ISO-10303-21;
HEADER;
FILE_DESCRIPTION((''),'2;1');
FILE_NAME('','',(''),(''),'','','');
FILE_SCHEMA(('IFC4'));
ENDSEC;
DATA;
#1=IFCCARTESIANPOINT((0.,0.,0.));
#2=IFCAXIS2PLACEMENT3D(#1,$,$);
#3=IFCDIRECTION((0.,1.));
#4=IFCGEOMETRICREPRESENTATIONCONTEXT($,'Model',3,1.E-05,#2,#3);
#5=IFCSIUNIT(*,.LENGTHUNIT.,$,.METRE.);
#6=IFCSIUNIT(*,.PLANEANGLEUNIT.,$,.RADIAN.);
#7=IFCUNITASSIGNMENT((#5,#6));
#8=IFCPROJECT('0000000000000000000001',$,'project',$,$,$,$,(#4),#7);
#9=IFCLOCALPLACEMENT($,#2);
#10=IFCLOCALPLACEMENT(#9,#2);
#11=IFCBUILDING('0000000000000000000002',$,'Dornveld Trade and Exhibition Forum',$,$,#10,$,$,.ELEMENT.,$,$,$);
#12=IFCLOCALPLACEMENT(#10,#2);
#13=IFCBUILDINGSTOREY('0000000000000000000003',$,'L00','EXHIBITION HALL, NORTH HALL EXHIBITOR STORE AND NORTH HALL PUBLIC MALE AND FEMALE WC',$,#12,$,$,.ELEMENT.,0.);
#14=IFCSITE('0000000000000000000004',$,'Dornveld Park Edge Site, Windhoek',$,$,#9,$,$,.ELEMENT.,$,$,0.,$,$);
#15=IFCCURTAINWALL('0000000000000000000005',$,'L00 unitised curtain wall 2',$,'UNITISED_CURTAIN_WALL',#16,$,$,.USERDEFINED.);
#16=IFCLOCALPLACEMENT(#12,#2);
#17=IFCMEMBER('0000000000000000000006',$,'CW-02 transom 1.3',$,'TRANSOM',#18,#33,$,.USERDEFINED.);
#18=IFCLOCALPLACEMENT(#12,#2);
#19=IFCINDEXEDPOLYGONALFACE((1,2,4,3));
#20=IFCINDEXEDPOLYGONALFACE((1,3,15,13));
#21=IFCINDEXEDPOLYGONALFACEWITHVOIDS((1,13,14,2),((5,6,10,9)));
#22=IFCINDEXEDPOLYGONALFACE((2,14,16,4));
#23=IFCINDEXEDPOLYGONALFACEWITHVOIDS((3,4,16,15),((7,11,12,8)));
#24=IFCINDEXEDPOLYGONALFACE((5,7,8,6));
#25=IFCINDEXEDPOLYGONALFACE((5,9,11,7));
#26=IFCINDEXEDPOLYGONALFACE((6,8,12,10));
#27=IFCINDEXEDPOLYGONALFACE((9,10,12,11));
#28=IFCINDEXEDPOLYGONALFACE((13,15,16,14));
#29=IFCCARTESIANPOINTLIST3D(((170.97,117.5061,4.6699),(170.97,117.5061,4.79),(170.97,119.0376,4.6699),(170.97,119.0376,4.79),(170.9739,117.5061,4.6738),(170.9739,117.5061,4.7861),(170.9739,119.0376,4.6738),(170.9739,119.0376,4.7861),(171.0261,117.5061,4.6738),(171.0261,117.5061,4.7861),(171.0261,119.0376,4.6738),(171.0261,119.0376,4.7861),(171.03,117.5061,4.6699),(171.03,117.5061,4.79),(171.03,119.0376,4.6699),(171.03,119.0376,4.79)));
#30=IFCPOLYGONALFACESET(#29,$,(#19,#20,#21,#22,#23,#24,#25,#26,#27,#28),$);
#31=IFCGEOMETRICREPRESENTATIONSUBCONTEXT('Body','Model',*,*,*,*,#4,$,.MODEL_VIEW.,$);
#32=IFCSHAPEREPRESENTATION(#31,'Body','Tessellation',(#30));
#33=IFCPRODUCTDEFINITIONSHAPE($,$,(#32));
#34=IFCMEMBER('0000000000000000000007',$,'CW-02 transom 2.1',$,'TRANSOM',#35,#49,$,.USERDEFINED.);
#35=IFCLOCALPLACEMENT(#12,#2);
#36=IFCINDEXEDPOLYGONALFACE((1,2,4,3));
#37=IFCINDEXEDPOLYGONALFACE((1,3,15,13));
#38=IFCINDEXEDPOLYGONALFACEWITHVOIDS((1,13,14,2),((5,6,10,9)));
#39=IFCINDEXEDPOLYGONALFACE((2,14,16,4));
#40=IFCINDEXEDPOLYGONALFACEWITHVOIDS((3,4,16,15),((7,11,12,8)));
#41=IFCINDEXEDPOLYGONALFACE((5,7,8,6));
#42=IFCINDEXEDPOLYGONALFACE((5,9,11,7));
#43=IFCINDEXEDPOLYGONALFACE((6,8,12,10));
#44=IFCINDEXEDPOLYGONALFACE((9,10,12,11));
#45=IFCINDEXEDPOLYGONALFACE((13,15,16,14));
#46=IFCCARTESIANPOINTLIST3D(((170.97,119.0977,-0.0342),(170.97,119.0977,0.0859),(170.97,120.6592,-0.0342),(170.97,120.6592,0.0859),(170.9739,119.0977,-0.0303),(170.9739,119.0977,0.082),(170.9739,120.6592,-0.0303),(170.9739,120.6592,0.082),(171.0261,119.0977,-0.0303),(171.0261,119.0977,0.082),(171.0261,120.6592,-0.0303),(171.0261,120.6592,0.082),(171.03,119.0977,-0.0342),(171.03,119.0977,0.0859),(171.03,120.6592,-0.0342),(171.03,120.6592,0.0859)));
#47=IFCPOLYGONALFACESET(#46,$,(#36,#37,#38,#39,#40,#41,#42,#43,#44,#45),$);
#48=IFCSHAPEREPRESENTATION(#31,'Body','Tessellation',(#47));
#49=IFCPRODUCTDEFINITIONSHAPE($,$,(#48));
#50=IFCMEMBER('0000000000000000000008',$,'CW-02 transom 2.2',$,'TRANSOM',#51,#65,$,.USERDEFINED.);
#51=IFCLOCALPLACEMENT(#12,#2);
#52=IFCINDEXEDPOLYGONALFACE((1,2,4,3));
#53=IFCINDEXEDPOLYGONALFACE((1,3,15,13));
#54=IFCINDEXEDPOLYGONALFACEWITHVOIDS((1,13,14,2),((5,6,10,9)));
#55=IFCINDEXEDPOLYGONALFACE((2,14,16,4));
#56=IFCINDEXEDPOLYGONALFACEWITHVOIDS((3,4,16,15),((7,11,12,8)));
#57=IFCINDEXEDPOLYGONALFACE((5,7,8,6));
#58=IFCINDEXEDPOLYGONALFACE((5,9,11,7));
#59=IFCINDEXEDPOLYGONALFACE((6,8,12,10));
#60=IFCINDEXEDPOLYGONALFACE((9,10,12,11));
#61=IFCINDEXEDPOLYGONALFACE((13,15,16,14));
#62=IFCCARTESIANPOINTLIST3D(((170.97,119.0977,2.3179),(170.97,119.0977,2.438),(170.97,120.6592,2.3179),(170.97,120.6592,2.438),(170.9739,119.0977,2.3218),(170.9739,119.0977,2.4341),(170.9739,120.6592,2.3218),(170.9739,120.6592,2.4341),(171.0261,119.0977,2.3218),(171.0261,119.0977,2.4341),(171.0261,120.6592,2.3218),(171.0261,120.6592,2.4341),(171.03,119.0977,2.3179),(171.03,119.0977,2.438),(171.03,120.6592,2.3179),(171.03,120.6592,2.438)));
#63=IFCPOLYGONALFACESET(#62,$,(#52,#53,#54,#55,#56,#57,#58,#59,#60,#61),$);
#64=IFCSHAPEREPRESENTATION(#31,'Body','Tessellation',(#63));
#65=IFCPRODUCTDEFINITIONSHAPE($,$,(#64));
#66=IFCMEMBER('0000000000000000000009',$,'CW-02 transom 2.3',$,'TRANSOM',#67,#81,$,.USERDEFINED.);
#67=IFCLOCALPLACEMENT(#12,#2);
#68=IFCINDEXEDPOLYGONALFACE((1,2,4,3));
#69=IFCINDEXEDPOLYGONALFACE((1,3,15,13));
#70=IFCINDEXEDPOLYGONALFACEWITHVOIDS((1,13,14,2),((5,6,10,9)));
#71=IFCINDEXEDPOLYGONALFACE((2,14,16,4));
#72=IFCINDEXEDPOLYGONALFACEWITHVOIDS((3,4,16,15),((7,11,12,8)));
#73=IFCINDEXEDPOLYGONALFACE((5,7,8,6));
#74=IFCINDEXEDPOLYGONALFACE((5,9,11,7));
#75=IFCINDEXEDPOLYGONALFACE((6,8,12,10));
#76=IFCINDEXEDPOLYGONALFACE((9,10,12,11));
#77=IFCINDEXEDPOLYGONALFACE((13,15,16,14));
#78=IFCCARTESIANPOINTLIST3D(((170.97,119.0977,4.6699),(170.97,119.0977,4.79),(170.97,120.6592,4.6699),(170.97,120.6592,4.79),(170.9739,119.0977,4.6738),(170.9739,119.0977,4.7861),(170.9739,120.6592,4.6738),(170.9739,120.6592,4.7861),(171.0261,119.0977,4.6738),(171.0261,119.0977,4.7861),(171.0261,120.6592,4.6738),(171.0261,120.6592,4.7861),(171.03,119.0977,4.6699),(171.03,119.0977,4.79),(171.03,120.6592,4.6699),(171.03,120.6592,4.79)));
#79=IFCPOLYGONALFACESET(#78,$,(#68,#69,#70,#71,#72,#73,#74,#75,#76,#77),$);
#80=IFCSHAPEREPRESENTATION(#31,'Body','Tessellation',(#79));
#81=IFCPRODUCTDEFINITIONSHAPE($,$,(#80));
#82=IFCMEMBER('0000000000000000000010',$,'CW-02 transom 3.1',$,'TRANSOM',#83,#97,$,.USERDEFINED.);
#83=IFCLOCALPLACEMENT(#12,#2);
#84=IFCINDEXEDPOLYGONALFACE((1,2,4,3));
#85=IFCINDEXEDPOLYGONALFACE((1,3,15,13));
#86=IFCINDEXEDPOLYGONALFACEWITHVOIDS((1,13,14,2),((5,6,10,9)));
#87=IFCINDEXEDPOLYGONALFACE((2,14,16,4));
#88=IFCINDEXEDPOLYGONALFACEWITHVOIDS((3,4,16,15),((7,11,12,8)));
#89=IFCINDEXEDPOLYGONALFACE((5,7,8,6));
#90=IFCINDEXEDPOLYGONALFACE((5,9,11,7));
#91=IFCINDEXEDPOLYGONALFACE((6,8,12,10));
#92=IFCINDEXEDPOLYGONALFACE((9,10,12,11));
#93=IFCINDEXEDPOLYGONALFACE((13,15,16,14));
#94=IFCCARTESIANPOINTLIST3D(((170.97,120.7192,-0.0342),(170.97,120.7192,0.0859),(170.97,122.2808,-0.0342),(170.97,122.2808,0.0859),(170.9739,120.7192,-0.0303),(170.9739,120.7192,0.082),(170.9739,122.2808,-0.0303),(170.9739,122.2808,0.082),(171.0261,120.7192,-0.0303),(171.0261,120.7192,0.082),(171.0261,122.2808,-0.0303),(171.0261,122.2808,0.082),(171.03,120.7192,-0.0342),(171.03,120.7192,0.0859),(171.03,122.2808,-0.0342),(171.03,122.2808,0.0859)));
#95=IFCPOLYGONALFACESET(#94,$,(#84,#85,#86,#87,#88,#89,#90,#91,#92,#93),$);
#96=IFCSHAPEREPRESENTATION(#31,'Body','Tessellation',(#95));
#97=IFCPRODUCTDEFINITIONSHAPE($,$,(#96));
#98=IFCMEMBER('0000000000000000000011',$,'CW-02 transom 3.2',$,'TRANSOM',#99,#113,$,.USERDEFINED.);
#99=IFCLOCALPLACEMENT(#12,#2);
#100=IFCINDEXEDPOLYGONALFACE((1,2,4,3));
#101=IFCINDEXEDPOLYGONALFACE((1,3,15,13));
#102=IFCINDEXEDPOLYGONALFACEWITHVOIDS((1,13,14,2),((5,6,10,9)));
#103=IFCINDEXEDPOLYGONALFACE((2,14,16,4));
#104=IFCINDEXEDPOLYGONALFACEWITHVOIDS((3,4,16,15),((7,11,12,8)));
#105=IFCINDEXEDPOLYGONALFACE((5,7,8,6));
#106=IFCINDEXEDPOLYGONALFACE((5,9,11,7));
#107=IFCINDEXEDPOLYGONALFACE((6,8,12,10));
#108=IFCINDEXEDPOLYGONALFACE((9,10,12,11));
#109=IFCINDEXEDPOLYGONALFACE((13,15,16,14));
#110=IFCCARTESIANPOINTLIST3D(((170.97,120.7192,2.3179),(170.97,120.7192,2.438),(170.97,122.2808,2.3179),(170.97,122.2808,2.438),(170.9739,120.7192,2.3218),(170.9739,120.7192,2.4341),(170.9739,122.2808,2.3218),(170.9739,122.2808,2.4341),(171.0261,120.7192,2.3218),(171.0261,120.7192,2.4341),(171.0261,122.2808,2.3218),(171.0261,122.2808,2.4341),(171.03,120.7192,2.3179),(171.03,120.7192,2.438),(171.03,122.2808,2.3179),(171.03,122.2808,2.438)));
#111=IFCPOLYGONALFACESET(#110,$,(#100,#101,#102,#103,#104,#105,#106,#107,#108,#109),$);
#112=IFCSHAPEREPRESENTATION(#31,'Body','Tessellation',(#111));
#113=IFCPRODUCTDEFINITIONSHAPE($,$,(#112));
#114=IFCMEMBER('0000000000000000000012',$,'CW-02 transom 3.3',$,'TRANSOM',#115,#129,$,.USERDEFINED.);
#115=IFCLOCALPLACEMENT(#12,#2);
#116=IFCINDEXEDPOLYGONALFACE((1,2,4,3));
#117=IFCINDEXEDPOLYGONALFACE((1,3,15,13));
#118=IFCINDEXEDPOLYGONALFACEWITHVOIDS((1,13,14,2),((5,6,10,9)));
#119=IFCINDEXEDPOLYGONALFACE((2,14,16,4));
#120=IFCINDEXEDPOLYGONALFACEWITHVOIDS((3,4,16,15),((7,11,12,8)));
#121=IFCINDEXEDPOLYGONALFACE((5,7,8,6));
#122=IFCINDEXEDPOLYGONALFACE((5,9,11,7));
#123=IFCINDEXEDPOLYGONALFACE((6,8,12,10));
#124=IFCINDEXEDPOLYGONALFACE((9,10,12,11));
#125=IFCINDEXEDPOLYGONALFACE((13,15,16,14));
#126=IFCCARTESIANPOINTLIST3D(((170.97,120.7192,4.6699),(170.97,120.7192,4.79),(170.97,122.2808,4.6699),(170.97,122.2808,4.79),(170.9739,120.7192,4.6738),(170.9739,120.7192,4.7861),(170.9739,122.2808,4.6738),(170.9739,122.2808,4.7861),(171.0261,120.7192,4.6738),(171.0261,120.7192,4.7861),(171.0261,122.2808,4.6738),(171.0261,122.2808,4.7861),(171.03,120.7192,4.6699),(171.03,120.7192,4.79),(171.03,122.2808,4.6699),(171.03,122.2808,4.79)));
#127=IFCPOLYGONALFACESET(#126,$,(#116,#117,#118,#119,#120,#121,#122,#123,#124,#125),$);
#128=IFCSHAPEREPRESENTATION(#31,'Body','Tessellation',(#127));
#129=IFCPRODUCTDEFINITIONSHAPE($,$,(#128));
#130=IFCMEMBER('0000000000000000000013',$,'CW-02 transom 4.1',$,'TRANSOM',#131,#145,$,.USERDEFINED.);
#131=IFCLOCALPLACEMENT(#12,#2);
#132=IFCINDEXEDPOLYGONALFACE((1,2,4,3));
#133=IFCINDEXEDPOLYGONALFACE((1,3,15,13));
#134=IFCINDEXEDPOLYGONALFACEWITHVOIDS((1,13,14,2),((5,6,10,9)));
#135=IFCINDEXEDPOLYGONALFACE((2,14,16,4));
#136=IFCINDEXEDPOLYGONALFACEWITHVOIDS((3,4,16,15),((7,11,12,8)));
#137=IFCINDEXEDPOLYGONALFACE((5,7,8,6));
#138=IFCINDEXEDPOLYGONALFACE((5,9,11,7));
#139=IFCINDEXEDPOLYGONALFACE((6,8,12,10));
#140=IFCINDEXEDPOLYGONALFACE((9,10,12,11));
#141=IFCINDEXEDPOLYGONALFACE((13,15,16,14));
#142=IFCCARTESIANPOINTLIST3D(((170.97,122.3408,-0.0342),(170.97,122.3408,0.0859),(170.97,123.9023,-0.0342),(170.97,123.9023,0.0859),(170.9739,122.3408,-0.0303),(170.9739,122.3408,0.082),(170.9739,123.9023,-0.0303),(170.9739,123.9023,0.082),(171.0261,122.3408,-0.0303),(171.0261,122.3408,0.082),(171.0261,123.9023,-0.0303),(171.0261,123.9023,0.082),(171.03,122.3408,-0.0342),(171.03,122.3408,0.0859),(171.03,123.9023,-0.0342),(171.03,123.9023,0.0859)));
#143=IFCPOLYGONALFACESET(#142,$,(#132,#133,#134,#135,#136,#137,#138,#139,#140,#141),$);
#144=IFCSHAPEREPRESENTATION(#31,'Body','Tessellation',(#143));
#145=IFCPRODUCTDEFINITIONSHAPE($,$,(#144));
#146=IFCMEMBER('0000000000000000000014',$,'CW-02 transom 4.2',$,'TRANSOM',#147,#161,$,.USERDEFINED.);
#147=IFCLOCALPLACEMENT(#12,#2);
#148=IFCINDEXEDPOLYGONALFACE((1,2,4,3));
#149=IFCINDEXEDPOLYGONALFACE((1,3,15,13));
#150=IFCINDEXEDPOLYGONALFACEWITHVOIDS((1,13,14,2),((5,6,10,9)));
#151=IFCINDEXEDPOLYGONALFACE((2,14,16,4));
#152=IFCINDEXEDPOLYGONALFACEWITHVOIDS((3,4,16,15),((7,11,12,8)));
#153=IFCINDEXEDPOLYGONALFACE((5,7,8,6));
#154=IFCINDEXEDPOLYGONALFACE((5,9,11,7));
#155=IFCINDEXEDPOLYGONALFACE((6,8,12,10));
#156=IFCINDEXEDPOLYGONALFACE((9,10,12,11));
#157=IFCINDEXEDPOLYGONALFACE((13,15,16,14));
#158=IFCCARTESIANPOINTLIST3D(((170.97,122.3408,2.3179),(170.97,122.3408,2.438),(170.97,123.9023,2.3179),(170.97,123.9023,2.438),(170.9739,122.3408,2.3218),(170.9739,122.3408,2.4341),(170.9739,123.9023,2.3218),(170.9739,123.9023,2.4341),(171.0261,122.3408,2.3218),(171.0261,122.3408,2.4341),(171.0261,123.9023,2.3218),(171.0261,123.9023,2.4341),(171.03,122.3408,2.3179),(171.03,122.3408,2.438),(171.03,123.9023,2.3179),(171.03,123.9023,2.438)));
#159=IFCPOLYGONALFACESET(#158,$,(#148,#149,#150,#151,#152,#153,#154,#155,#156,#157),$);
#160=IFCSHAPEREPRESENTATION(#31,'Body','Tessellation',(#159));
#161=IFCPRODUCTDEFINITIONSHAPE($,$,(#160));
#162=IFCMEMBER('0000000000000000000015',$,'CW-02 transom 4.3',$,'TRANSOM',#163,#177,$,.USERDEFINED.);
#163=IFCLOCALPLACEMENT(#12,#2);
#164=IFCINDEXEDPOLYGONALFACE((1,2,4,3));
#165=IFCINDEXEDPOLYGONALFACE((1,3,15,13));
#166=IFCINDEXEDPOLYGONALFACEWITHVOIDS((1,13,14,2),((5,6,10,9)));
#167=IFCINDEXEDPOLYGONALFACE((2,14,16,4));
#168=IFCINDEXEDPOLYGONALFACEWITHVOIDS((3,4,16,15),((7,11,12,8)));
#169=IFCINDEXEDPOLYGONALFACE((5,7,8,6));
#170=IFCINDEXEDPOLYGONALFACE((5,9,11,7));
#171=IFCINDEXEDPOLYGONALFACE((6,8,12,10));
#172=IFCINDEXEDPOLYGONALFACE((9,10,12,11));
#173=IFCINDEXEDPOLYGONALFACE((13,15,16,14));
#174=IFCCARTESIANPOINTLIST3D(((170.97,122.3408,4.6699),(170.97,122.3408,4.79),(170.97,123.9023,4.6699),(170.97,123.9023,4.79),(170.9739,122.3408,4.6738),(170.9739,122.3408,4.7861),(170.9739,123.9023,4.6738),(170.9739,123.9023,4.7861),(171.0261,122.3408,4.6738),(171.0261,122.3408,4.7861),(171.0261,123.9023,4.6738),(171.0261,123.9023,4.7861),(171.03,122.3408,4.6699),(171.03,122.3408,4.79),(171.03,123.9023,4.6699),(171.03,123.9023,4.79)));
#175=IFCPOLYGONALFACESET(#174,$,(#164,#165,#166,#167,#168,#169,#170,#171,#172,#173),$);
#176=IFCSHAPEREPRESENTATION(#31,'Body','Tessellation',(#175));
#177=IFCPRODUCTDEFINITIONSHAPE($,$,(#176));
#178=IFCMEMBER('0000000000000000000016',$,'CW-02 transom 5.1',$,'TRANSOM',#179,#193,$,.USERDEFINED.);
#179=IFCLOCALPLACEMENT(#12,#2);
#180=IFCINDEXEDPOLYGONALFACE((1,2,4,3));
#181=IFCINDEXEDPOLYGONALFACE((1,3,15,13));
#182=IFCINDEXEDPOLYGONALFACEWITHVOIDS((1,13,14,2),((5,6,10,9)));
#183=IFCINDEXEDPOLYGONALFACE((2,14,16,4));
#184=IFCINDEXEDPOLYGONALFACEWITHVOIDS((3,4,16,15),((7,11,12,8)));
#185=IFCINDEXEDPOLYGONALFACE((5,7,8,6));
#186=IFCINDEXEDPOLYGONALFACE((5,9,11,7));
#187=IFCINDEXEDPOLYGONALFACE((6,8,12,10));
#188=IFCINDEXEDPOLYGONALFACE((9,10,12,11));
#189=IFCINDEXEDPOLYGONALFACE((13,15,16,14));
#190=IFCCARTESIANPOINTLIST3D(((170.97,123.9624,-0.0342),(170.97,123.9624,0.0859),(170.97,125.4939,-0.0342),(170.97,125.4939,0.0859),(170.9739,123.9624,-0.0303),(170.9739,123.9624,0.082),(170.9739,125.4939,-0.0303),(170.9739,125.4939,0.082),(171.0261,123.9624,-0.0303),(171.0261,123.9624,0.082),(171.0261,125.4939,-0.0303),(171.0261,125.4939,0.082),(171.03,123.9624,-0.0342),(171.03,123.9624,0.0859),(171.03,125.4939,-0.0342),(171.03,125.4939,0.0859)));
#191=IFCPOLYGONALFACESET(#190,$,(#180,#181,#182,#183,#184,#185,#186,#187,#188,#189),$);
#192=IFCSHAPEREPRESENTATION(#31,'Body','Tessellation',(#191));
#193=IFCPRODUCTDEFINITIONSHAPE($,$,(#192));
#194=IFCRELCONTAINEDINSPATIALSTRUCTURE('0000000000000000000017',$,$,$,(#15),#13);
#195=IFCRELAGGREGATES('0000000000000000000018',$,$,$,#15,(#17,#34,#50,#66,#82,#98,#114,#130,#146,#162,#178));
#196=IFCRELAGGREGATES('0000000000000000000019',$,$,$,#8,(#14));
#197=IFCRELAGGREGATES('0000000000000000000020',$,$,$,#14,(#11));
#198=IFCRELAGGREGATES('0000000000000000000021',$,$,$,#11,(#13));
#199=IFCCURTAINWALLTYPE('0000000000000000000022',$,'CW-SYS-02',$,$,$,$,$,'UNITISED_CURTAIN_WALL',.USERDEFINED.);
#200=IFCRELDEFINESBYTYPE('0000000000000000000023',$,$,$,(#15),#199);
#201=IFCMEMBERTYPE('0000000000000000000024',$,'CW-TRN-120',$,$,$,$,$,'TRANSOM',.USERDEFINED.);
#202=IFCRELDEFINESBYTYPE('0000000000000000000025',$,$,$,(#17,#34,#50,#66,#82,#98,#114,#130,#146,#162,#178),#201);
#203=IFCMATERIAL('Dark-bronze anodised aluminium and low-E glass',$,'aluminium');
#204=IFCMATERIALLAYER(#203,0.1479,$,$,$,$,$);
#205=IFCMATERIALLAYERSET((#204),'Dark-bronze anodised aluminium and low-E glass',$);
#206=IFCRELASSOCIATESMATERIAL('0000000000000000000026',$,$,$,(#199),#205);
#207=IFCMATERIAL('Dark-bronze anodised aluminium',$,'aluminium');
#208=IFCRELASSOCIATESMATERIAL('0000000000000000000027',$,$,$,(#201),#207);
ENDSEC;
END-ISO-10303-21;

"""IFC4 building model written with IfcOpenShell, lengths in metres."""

from ifc_helpers import new_model, si_unit, direction, frame, origin, origin_2d, place, context, subcontext, project, spatial, hollow_rectangle, extrude, material, layer, layer_set, material_profile, profile_set, type_object, element, aggregate, save


model = new_model("IFC4")

# Units and contexts
model_context = context("Model", 3, precision=1e-05, world=origin(), true_north=direction((0.0, 1.0)))
body_context = subcontext(model_context, "Body", "Model", "MODEL_VIEW")
ifc_project = project(units=[si_unit("LENGTHUNIT", "METRE"), si_unit("PLANEANGLEUNIT", "RADIAN")], contexts=[model_context])

# Site, building, storey
site_placement = place(None, origin())
site = spatial("IfcSite", under=ifc_project, at=site_placement, Name="Dornveld Park Edge Site, Windhoek", CompositionType="ELEMENT", RefElevation=0.0)
building_placement = place(site_placement, origin())
building = spatial("IfcBuilding", under=site, at=building_placement, Name="Dornveld Trade and Exhibition Forum", CompositionType="ELEMENT")
storey_placement = place(building_placement, origin())
storey = spatial("IfcBuildingStorey", under=building, at=storey_placement, Name="L00", Description="EXHIBITION HALL, NORTH HALL EXHIBITOR STORE AND NORTH HALL PUBLIC MALE AND FEMALE WC", CompositionType="ELEMENT", Elevation=0.0)

# Curtain wall, members
ifc_material_1 = material(Name="Dark-bronze anodised aluminium and low-E glass", Category="aluminium")
ifc_layer_1 = layer(ifc_material_1, 0.1479)
ifc_layer_set_1 = layer_set([ifc_layer_1], Name="Dark-bronze anodised aluminium and low-E glass")
curtain_wall_type_1 = type_object("IfcCurtainWallType", Name="CW-SYS-02", ElementType="UNITISED_CURTAIN_WALL", PredefinedType="USERDEFINED", material=ifc_layer_set_1)
curtain_wall_1_placement = place(storey_placement, origin())
curtain_wall_1 = element("IfcCurtainWall", 1, at=curtain_wall_1_placement, inside=storey, type_object=curtain_wall_type_1, Name="L00 unitised curtain wall 2", ObjectType="UNITISED_CURTAIN_WALL", PredefinedType="USERDEFINED")
ifc_material_2 = material(Name="Dark-bronze anodised aluminium", Category="aluminium")
ifc_material_profile_1 = material_profile(ifc_material_2, hollow_rectangle(XDim=0.0601, YDim=0.1201, WallThickness=0.0039, at=origin_2d()), Name="RHS 120x60x4")
ifc_profile_set_1 = profile_set([ifc_material_profile_1], Name="Dark-bronze anodised aluminium")
member_type_1 = type_object("IfcMemberType", Name="CW-TRN-120", ElementType="TRANSOM", PredefinedType="USERDEFINED", material=ifc_profile_set_1)
member_1_placement = place(storey_placement, frame((171.0, 117.5061, 4.73), z_axis=(0.0, 1.0, 0.0), x_axis=(-1.0, 0.0, 0.0)))
member_1 = element("IfcMember", 2, at=member_1_placement, type_object=member_type_1, Name="CW-02 transom 1.3", ObjectType="TRANSOM", PredefinedType="USERDEFINED", context=body_context, shape_type="SweptSolid", body=[
    extrude(hollow_rectangle(XDim=0.0601, YDim=0.1201, WallThickness=0.0039, at=origin_2d()), origin(), (0.0, 0.0, 1.0), 1.5315),
])
member_2_placement = place(storey_placement, frame((171.0, 119.0977, 0.0259), z_axis=(0.0, 1.0, 0.0), x_axis=(-1.0, 0.0, 0.0)))
member_2 = element("IfcMember", 3, at=member_2_placement, type_object=member_type_1, Name="CW-02 transom 2.1", ObjectType="TRANSOM", PredefinedType="USERDEFINED", context=body_context, shape_type="SweptSolid", body=[
    extrude(hollow_rectangle(XDim=0.0601, YDim=0.1201, WallThickness=0.0039, at=origin_2d()), origin(), (0.0, 0.0, 1.0), 1.5615),
])
member_3_placement = place(storey_placement, frame((171.0, 119.0977, 2.3779), z_axis=(0.0, 1.0, 0.0), x_axis=(-1.0, 0.0, 0.0)))
member_3 = element("IfcMember", 4, at=member_3_placement, type_object=member_type_1, Name="CW-02 transom 2.2", ObjectType="TRANSOM", PredefinedType="USERDEFINED", context=body_context, shape_type="SweptSolid", body=[
    extrude(hollow_rectangle(XDim=0.0601, YDim=0.1201, WallThickness=0.0039, at=origin_2d()), origin(), (0.0, 0.0, 1.0), 1.5615),
])
member_4_placement = place(storey_placement, frame((171.0, 119.0977, 4.73), z_axis=(0.0, 1.0, 0.0), x_axis=(-1.0, 0.0, 0.0)))
member_4 = element("IfcMember", 5, at=member_4_placement, type_object=member_type_1, Name="CW-02 transom 2.3", ObjectType="TRANSOM", PredefinedType="USERDEFINED", context=body_context, shape_type="SweptSolid", body=[
    extrude(hollow_rectangle(XDim=0.0601, YDim=0.1201, WallThickness=0.0039, at=origin_2d()), origin(), (0.0, 0.0, 1.0), 1.5615),
])
member_5_placement = place(storey_placement, frame((171.0, 120.7192, 0.0259), z_axis=(0.0, 1.0, 0.0), x_axis=(-1.0, 0.0, 0.0)))
member_5 = element("IfcMember", 6, at=member_5_placement, type_object=member_type_1, Name="CW-02 transom 3.1", ObjectType="TRANSOM", PredefinedType="USERDEFINED", context=body_context, shape_type="SweptSolid", body=[
    extrude(hollow_rectangle(XDim=0.0601, YDim=0.1201, WallThickness=0.0039, at=origin_2d()), origin(), (0.0, 0.0, 1.0), 1.5615),
])
member_6_placement = place(storey_placement, frame((171.0, 120.7192, 2.3779), z_axis=(0.0, 1.0, 0.0), x_axis=(-1.0, 0.0, 0.0)))
member_6 = element("IfcMember", 7, at=member_6_placement, type_object=member_type_1, Name="CW-02 transom 3.2", ObjectType="TRANSOM", PredefinedType="USERDEFINED", context=body_context, shape_type="SweptSolid", body=[
    extrude(hollow_rectangle(XDim=0.0601, YDim=0.1201, WallThickness=0.0039, at=origin_2d()), origin(), (0.0, 0.0, 1.0), 1.5615),
])
member_7_placement = place(storey_placement, frame((171.0, 120.7192, 4.73), z_axis=(0.0, 1.0, 0.0), x_axis=(-1.0, 0.0, 0.0)))
member_7 = element("IfcMember", 8, at=member_7_placement, type_object=member_type_1, Name="CW-02 transom 3.3", ObjectType="TRANSOM", PredefinedType="USERDEFINED", context=body_context, shape_type="SweptSolid", body=[
    extrude(hollow_rectangle(XDim=0.0601, YDim=0.1201, WallThickness=0.0039, at=origin_2d()), origin(), (0.0, 0.0, 1.0), 1.5615),
])
member_8_placement = place(storey_placement, frame((171.0, 122.3408, 0.0259), z_axis=(0.0, 1.0, 0.0), x_axis=(-1.0, 0.0, 0.0)))
member_8 = element("IfcMember", 9, at=member_8_placement, type_object=member_type_1, Name="CW-02 transom 4.1", ObjectType="TRANSOM", PredefinedType="USERDEFINED", context=body_context, shape_type="SweptSolid", body=[
    extrude(hollow_rectangle(XDim=0.0601, YDim=0.1201, WallThickness=0.0039, at=origin_2d()), origin(), (0.0, 0.0, 1.0), 1.5615),
])
member_9_placement = place(storey_placement, frame((171.0, 122.3408, 2.3779), z_axis=(0.0, 1.0, 0.0), x_axis=(-1.0, 0.0, 0.0)))
member_9 = element("IfcMember", 10, at=member_9_placement, type_object=member_type_1, Name="CW-02 transom 4.2", ObjectType="TRANSOM", PredefinedType="USERDEFINED", context=body_context, shape_type="SweptSolid", body=[
    extrude(hollow_rectangle(XDim=0.0601, YDim=0.1201, WallThickness=0.0039, at=origin_2d()), origin(), (0.0, 0.0, 1.0), 1.5615),
])
member_10_placement = place(storey_placement, frame((171.0, 122.3408, 4.73), z_axis=(0.0, 1.0, 0.0), x_axis=(-1.0, 0.0, 0.0)))
member_10 = element("IfcMember", 11, at=member_10_placement, type_object=member_type_1, Name="CW-02 transom 4.3", ObjectType="TRANSOM", PredefinedType="USERDEFINED", context=body_context, shape_type="SweptSolid", body=[
    extrude(hollow_rectangle(XDim=0.0601, YDim=0.1201, WallThickness=0.0039, at=origin_2d()), origin(), (0.0, 0.0, 1.0), 1.5615),
])
member_11_placement = place(storey_placement, frame((171.0, 123.9624, 0.0259), z_axis=(0.0, 1.0, 0.0), x_axis=(-1.0, 0.0, 0.0)))
member_11 = element("IfcMember", 12, at=member_11_placement, type_object=member_type_1, Name="CW-02 transom 5.1", ObjectType="TRANSOM", PredefinedType="USERDEFINED", context=body_context, shape_type="SweptSolid", body=[
    extrude(hollow_rectangle(XDim=0.0601, YDim=0.1201, WallThickness=0.0039, at=origin_2d()), origin(), (0.0, 0.0, 1.0), 1.5315),
])

aggregate(curtain_wall_1, [member_1, member_2, member_3, member_4, member_5, member_6, member_7, member_8, member_9, member_10, member_11])

save(model, "model.ifc")
